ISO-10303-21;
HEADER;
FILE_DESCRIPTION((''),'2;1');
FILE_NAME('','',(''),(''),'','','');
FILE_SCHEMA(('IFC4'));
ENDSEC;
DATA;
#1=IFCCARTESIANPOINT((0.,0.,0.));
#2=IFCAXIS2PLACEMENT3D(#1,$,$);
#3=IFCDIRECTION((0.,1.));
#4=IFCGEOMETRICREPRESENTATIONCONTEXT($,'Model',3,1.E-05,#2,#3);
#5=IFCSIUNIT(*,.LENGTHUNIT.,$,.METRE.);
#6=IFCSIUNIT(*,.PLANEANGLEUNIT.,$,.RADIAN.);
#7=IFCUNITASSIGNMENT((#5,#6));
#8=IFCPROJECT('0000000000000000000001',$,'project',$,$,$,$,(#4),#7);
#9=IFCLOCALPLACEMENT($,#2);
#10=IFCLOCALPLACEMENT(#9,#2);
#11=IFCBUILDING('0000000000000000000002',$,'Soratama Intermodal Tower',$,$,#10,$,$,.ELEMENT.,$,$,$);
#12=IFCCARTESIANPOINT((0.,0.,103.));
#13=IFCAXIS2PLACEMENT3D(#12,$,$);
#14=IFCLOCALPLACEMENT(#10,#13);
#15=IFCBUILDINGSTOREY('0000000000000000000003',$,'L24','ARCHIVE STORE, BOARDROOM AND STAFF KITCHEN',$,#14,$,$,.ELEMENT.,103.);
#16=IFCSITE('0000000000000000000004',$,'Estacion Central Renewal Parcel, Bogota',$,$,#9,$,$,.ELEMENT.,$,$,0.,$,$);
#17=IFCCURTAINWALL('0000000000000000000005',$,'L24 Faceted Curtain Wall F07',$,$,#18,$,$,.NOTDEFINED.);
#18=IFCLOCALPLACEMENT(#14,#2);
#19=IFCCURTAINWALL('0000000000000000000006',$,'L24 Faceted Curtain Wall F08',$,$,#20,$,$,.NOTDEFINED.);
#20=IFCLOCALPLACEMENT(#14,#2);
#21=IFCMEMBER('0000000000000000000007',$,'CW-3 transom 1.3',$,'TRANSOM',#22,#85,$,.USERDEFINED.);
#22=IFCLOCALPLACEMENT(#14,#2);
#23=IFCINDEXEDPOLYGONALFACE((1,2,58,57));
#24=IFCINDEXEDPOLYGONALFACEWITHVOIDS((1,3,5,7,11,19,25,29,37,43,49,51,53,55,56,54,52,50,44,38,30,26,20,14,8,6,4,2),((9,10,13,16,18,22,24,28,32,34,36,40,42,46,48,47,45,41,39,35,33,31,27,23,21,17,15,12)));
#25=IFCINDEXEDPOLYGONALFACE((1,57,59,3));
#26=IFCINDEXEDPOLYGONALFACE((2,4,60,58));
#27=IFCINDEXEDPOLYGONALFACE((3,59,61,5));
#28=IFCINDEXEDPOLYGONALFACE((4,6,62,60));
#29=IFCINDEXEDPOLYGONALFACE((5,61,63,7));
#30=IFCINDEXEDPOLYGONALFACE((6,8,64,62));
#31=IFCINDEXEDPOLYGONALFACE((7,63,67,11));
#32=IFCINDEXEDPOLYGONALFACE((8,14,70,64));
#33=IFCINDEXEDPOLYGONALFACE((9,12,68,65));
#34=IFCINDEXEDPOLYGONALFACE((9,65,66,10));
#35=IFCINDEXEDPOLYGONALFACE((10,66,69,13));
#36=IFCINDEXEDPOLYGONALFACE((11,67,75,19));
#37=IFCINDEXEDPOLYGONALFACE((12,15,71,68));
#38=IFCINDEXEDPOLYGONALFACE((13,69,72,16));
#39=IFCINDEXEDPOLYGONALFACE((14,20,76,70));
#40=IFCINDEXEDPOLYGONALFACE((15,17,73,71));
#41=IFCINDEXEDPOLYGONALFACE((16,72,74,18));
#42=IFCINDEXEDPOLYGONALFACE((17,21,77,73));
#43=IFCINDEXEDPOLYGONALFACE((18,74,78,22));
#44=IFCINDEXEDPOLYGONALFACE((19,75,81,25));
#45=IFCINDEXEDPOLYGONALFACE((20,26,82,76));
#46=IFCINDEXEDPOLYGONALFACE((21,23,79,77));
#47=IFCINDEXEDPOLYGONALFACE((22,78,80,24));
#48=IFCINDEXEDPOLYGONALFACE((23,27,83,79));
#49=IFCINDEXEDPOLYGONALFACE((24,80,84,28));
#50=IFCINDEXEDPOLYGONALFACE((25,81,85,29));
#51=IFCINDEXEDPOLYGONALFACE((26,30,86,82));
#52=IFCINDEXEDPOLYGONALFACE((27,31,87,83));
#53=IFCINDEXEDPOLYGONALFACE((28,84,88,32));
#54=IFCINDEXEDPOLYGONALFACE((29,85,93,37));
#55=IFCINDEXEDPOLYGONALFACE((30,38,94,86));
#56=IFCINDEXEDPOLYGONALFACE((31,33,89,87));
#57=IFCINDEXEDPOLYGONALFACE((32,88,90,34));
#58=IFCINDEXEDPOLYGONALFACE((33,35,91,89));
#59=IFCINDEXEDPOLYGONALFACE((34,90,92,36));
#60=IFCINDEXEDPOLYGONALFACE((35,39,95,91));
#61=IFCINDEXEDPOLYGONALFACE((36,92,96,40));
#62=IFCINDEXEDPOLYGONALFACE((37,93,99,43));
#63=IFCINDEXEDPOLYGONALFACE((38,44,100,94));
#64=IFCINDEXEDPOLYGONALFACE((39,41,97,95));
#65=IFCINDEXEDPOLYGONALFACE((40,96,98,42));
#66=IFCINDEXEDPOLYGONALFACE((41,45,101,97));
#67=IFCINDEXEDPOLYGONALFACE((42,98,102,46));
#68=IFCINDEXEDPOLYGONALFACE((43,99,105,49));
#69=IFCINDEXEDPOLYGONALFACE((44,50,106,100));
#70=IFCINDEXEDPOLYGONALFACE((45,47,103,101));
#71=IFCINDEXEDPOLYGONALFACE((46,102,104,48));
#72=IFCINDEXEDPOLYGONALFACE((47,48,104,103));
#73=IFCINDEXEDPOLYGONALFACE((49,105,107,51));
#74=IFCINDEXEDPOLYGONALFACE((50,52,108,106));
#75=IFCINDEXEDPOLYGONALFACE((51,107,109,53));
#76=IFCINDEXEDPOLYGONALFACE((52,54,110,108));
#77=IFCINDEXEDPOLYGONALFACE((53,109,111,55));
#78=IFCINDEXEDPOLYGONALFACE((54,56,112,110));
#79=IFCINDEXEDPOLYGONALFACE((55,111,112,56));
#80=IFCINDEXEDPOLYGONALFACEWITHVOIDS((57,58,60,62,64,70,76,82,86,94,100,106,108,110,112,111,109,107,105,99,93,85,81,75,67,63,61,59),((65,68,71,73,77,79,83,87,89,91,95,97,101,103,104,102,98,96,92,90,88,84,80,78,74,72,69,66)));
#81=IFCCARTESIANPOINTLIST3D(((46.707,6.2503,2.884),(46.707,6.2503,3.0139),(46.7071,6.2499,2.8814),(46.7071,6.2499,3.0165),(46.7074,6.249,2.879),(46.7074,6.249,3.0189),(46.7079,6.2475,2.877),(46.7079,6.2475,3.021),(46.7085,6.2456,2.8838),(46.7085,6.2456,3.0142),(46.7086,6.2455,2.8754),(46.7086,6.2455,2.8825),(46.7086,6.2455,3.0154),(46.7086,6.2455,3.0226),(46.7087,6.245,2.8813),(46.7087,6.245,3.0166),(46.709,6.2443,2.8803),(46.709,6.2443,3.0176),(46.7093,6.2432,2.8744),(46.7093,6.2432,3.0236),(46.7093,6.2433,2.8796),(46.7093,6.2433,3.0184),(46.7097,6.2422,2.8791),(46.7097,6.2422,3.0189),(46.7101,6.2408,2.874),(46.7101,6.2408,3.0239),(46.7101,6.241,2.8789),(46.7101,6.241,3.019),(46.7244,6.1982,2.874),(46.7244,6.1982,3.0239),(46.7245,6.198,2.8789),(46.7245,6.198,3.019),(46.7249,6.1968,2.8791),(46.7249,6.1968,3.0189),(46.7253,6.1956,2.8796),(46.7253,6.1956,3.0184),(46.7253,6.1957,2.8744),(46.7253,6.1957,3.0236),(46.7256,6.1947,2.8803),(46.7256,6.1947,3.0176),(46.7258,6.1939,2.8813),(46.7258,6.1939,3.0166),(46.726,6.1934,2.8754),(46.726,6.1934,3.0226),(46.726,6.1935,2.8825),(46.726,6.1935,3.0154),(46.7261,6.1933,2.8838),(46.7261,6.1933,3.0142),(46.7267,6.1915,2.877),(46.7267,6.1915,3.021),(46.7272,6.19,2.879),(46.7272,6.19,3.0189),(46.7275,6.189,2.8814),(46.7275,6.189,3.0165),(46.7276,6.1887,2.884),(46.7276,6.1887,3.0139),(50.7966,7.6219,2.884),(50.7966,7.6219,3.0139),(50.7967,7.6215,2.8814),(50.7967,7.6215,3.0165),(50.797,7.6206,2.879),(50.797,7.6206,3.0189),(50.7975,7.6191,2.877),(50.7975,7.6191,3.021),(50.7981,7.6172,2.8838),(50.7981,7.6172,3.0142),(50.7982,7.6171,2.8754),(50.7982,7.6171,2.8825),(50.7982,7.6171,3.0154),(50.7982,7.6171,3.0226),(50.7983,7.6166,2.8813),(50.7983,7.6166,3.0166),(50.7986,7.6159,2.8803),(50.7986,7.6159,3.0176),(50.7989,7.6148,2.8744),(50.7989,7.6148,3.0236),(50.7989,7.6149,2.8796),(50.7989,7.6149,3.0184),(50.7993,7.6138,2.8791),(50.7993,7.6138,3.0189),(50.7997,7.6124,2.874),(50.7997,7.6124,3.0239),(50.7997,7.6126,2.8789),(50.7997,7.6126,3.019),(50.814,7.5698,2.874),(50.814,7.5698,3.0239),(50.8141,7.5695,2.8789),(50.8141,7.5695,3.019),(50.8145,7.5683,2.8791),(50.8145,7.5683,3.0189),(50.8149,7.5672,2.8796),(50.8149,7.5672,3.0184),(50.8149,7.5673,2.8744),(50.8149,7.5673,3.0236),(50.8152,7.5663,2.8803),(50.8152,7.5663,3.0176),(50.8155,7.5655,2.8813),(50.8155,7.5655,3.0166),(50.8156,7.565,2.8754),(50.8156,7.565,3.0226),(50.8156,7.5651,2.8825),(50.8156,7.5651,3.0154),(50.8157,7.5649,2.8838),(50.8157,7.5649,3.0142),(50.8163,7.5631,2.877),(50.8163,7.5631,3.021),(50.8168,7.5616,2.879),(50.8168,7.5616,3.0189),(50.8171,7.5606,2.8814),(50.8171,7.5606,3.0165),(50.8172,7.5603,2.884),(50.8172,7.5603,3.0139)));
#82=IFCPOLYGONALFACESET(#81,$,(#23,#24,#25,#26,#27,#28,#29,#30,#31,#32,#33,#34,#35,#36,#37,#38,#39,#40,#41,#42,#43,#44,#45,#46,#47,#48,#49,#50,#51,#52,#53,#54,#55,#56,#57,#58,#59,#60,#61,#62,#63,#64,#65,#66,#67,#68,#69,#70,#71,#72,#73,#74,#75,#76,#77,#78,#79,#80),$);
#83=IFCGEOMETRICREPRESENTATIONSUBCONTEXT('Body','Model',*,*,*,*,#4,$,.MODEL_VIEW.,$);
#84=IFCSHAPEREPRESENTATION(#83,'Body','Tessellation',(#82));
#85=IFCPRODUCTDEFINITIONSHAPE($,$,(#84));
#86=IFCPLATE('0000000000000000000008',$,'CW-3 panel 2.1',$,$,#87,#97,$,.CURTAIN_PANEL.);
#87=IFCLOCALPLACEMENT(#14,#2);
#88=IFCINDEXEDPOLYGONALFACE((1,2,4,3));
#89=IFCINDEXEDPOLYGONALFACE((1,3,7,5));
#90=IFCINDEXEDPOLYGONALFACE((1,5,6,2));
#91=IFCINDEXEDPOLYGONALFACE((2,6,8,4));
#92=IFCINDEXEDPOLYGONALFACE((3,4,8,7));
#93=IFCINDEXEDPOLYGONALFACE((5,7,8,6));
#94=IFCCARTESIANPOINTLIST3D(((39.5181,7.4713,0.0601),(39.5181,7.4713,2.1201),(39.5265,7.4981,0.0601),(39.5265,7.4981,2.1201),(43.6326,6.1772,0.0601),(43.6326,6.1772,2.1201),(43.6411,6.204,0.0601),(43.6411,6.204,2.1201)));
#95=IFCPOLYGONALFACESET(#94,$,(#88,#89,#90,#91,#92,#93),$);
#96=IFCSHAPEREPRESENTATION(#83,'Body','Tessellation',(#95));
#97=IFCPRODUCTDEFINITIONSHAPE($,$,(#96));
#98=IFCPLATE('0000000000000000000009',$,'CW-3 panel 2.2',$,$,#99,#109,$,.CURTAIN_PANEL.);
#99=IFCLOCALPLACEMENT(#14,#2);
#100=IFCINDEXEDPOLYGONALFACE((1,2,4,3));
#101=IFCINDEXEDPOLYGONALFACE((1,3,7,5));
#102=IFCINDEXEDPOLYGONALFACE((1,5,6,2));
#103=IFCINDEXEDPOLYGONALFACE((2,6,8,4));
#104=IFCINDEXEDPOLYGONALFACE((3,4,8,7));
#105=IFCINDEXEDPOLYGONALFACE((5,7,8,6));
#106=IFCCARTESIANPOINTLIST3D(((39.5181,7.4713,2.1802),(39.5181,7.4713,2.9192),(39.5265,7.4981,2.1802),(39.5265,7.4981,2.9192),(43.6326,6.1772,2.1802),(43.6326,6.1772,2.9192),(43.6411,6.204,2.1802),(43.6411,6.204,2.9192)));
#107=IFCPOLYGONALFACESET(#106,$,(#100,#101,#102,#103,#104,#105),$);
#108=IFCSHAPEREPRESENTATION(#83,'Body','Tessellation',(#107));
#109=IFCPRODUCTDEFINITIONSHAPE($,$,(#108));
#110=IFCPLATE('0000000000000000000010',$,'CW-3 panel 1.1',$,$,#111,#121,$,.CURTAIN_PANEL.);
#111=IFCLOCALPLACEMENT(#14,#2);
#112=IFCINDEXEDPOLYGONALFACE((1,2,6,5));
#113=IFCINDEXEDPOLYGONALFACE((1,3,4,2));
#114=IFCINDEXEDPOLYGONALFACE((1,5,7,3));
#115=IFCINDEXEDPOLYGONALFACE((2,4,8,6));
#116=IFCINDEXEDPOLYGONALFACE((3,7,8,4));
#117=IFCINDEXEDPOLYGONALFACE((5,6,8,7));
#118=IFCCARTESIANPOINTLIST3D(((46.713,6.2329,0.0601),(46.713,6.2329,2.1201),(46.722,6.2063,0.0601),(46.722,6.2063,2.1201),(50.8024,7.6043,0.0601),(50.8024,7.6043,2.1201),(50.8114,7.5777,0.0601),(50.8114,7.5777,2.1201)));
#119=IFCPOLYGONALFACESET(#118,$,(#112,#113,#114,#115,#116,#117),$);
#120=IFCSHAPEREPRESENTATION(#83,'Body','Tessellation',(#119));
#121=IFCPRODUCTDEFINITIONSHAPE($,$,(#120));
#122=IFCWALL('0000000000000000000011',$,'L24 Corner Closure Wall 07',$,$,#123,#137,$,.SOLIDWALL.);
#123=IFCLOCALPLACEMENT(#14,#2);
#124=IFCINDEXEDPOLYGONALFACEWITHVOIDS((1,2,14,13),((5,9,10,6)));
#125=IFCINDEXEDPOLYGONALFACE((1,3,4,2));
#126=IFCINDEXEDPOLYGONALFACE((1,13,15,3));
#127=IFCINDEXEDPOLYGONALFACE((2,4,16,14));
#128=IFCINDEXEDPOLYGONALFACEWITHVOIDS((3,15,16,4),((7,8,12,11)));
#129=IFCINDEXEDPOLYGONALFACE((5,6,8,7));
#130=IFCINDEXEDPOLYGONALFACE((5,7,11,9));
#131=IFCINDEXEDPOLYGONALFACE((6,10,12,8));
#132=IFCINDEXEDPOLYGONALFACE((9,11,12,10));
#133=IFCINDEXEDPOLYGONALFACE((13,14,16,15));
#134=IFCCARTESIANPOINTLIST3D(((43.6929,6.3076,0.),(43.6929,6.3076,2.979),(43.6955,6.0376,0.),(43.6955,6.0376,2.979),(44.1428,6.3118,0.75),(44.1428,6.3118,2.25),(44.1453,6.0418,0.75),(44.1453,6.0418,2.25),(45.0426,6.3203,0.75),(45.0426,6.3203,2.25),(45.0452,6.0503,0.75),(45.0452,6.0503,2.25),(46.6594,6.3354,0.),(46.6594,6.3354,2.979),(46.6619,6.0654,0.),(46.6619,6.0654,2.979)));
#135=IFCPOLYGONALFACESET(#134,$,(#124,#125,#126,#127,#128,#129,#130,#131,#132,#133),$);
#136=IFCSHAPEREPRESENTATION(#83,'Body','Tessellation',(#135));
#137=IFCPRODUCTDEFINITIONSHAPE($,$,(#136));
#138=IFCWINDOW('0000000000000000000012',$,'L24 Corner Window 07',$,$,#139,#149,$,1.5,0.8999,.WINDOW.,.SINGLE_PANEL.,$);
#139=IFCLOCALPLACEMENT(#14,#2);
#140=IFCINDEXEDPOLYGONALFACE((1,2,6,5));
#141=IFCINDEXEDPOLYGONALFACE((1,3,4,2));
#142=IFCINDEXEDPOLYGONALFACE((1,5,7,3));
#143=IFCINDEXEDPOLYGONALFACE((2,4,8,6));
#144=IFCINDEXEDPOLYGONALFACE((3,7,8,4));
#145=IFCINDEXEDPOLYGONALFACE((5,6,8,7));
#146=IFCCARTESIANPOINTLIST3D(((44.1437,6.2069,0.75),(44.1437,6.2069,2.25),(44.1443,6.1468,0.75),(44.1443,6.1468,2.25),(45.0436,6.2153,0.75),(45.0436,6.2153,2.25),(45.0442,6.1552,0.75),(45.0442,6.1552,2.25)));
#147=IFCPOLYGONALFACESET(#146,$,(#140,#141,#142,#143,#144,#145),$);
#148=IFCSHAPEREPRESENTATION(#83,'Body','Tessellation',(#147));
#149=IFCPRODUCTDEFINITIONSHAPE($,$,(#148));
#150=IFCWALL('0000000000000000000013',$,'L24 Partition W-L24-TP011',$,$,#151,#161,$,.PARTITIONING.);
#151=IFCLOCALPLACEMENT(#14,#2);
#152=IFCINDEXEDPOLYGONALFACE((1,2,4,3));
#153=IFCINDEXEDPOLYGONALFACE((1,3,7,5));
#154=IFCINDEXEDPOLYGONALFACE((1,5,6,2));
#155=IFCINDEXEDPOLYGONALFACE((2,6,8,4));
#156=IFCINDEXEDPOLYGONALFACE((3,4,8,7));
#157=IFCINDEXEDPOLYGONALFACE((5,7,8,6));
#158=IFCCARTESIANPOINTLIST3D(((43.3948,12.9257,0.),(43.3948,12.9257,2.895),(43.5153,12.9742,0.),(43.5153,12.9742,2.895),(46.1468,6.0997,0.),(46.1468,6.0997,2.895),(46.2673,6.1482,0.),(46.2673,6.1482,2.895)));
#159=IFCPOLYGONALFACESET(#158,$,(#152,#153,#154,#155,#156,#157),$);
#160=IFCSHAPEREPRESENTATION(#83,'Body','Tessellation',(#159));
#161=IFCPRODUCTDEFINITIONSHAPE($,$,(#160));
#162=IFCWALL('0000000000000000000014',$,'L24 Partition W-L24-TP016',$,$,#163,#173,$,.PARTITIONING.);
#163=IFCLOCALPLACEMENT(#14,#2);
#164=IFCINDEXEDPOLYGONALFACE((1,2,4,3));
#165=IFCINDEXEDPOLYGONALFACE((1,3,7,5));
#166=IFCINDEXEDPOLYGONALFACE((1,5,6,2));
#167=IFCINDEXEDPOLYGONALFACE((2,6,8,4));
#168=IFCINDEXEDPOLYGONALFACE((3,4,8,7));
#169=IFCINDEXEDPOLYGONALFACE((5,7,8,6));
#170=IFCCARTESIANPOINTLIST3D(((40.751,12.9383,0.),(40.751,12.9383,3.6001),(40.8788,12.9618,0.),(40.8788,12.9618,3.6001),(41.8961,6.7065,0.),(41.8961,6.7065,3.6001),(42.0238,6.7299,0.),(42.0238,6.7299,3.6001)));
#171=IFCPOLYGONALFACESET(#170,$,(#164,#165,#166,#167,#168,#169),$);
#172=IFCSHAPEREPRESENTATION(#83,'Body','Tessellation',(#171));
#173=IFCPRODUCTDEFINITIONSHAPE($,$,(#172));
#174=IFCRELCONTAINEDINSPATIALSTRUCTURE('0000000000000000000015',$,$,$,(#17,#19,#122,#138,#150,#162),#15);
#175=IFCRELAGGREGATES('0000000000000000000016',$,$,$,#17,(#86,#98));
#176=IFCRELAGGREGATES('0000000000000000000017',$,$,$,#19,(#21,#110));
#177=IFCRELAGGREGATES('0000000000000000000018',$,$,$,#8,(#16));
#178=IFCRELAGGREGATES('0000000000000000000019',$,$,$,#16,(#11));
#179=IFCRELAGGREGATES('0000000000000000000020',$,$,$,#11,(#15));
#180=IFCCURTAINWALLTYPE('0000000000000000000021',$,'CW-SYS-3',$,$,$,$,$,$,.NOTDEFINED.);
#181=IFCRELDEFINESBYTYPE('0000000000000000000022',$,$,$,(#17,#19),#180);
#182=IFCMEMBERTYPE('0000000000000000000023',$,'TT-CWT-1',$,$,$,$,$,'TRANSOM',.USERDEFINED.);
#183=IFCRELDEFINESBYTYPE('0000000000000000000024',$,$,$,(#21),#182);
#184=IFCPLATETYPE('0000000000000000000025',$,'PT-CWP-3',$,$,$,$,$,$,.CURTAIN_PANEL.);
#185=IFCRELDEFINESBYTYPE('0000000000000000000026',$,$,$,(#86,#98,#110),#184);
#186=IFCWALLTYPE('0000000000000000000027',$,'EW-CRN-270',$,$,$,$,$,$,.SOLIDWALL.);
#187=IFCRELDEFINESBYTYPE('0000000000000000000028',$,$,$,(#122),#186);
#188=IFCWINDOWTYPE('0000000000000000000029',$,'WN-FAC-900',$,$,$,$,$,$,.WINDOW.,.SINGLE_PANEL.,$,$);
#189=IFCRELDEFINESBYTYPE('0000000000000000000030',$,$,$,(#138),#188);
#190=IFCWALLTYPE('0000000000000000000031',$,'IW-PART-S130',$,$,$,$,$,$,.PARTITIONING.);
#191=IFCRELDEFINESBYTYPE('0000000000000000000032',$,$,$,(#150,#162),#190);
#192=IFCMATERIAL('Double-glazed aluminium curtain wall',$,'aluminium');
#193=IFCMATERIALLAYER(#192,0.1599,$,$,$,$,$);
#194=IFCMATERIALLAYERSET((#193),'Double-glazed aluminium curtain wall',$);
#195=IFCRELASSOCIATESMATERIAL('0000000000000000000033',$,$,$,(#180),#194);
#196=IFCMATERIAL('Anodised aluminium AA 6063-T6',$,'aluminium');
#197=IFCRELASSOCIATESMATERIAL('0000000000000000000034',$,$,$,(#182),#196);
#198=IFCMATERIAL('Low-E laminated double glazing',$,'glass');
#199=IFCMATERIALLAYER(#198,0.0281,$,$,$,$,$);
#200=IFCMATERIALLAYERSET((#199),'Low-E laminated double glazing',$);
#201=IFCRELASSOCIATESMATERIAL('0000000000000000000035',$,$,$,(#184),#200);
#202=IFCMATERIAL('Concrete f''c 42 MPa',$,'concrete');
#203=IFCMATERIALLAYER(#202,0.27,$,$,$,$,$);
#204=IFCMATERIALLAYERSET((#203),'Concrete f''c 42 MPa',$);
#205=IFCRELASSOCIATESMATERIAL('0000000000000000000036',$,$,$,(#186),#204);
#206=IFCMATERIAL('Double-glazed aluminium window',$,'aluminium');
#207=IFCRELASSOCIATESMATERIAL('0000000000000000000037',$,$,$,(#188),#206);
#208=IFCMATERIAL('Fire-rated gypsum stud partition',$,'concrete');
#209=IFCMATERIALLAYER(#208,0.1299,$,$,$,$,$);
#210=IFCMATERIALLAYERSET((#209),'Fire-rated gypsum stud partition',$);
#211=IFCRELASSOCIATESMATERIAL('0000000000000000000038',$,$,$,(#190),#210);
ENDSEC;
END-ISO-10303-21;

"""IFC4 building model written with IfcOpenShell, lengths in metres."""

from ifc_helpers import new_model, si_unit, direction, frame, frame_2d, origin, origin_2d, place, context, subcontext, project, spatial, rectangle, hollow_rectangle, extrude, material, layer, layer_set, material_profile, profile_set, type_object, element, fill, aggregate, save


model = new_model("IFC4")

# Units and contexts
model_context = context("Model", 3, precision=1e-05, world=origin(), true_north=direction((0.0, 1.0)))
body_context = subcontext(model_context, "Body", "Model", "MODEL_VIEW")
ifc_project = project(units=[si_unit("LENGTHUNIT", "METRE"), si_unit("PLANEANGLEUNIT", "RADIAN")], contexts=[model_context])

# Site, building, storey
site_placement = place(None, origin())
site = spatial("IfcSite", under=ifc_project, at=site_placement, Name="Estacion Central Renewal Parcel, Bogota", CompositionType="ELEMENT", RefElevation=0.0)
building_placement = place(site_placement, origin())
building = spatial("IfcBuilding", under=site, at=building_placement, Name="Soratama Intermodal Tower", CompositionType="ELEMENT")
storey_placement = place(building_placement, frame((0.0, 0.0, 103.0)))
storey = spatial("IfcBuildingStorey", under=building, at=storey_placement, Name="L24", Description="ARCHIVE STORE, BOARDROOM AND STAFF KITCHEN", CompositionType="ELEMENT", Elevation=103.0)

# Curtain wall
ifc_material_1 = material(Name="Double-glazed aluminium curtain wall", Category="aluminium")
ifc_layer_1 = layer(ifc_material_1, 0.1599)
ifc_layer_set_1 = layer_set([ifc_layer_1], Name="Double-glazed aluminium curtain wall")
curtain_wall_type = type_object("IfcCurtainWallType", Name="CW-SYS-3", PredefinedType="NOTDEFINED", material=ifc_layer_set_1)
curtain_wall_1_placement = place(storey_placement, origin())
curtain_wall_1 = element("IfcCurtainWall", 1, at=curtain_wall_1_placement, inside=storey, type_object=curtain_wall_type, Name="L24 Faceted Curtain Wall F07", PredefinedType="NOTDEFINED")

# Curtain wall, member
curtain_wall_2_placement = place(storey_placement, origin())
curtain_wall_2 = element("IfcCurtainWall", 2, at=curtain_wall_2_placement, inside=storey, type_object=curtain_wall_type, Name="L24 Faceted Curtain Wall F08", PredefinedType="NOTDEFINED")
ifc_material_2 = material(Name="Anodised aluminium AA 6063-T6", Category="aluminium")
ifc_material_profile_1 = material_profile(ifc_material_2, hollow_rectangle(XDim=0.0649, YDim=0.1499, WallThickness=0.0049, InnerFilletRadius=0.0049, OuterFilletRadius=0.01, at=origin_2d()), Name="CWT150X65X5")
ifc_profile_set_1 = profile_set([ifc_material_profile_1], Name="Anodised aluminium AA 6063-T6")
member_type_1 = type_object("IfcMemberType", Name="TT-CWT-1", ElementType="TRANSOM", PredefinedType="USERDEFINED", material=ifc_profile_set_1)
member_1_placement = place(storey_placement, frame((46.7173, 6.2195, 2.949), z_axis=(0.948099, 0.317976, 0.0), x_axis=(-0.317976, 0.948099, 0.0)))
member_1 = element("IfcMember", 3, at=member_1_placement, type_object=member_type_1, Name="CW-3 transom 1.3", ObjectType="TRANSOM", PredefinedType="USERDEFINED", context=body_context, shape_type="SweptSolid", body=[
    extrude(hollow_rectangle(XDim=0.0649, YDim=0.1499, WallThickness=0.0049, InnerFilletRadius=0.0049, OuterFilletRadius=0.01, at=origin_2d()), origin(), (0.0, 0.0, 1.0), 4.3135),
])

# Plates
ifc_material_3 = material(Name="Low-E laminated double glazing", Category="glass")
ifc_layer_2 = layer(ifc_material_3, 0.0281)
ifc_layer_set_2 = layer_set([ifc_layer_2], Name="Low-E laminated double glazing")
plate_type = type_object("IfcPlateType", Name="PT-CWP-3", PredefinedType="CURTAIN_PANEL", material=ifc_layer_set_2)
plate_1_placement = place(storey_placement, frame((41.5796, 6.8376, 0.0601), z_axis=(0.0, 0.0, 1.0), x_axis=(0.953927, -0.300038, 0.0)))
plate_1 = element("IfcPlate", 4, at=plate_1_placement, type_object=plate_type, Name="CW-3 panel 2.1", PredefinedType="CURTAIN_PANEL", context=body_context, shape_type="SweptSolid", body=[
    extrude(rectangle(XDim=4.3132, YDim=0.0281, at=origin_2d()), origin(), (0.0, 0.0, 1.0), 2.0601),
])
plate_2_placement = place(storey_placement, frame((41.5796, 6.8376, 2.1802), z_axis=(0.0, 0.0, 1.0), x_axis=(0.953927, -0.300038, 0.0)))
plate_2 = element("IfcPlate", 5, at=plate_2_placement, type_object=plate_type, Name="CW-3 panel 2.2", PredefinedType="CURTAIN_PANEL", context=body_context, shape_type="SweptSolid", body=[
    extrude(rectangle(XDim=4.3132, YDim=0.0281, at=origin_2d()), origin(), (0.0, 0.0, 1.0), 0.739),
])
aggregate(curtain_wall_1, [plate_1, plate_2])
plate_3_placement = place(storey_placement, frame((48.7622, 6.9053, 0.0601), z_axis=(0.0, 0.0, 1.0), x_axis=(0.948105, 0.317958, 0.0)))
plate_3 = element("IfcPlate", 6, at=plate_3_placement, type_object=plate_type, Name="CW-3 panel 1.1", PredefinedType="CURTAIN_PANEL", context=body_context, shape_type="SweptSolid", body=[
    extrude(rectangle(XDim=4.3132, YDim=0.0281, at=origin_2d()), origin(), (0.0, 0.0, 1.0), 2.0601),
])
aggregate(curtain_wall_2, [member_1, plate_3])

# Wall, opening, window
ifc_material_4 = material(Name="Concrete f'c 42 MPa", Category="concrete")
ifc_layer_3 = layer(ifc_material_4, 0.27)
ifc_layer_set_3 = layer_set([ifc_layer_3], Name="Concrete f'c 42 MPa")
wall_type_1 = type_object("IfcWallType", Name="EW-CRN-270", PredefinedType="SOLIDWALL", material=ifc_layer_set_3)
wall_1_placement = place(storey_placement, frame((43.6941, 6.1726, 0.0), z_axis=(0.0, 0.0, 1.0), x_axis=(0.999956, 0.009382, 0.0)))
wall_1 = element("IfcWall", 7, at=wall_1_placement, inside=storey, type_object=wall_type_1, Name="L24 Corner Closure Wall 07", PredefinedType="SOLIDWALL", context=body_context, shape_type="SweptSolid", body=[
    extrude(rectangle(XDim=2.9666, YDim=0.27, at=frame_2d((1.4834, 0.0))), origin(), (0.0, 0.0, 1.0), 2.979),
])
opening_1_placement = place(wall_1_placement, frame((0.45, 0.0, 0.75)))
opening_1 = element("IfcOpeningElement", 8, at=opening_1_placement, cuts=wall_1, PredefinedType="OPENING", context=body_context, shape_type="SweptSolid", body=[
    extrude(rectangle(XDim=0.8999, YDim=1.5, at=frame_2d((0.45, 0.75))), frame((0.0, 0.145, 0.0), z_axis=(0.0, -1.0, 0.0), x_axis=(1.0, 0.0, 0.0)), (0.0, 0.0, 1.0), 0.29),
])
ifc_material_5 = material(Name="Double-glazed aluminium window", Category="aluminium")
window_type = type_object("IfcWindowType", Name="WN-FAC-900", PartitioningType="SINGLE_PANEL", PredefinedType="WINDOW", material=ifc_material_5)
window_placement = place(opening_1_placement, origin())
window = element("IfcWindow", 9, at=window_placement, inside=storey, type_object=window_type, Name="L24 Corner Window 07", OverallHeight=1.5, OverallWidth=0.8999, PartitioningType="SINGLE_PANEL", PredefinedType="WINDOW", context=body_context, shape_type="SweptSolid", body=[
    extrude(rectangle(XDim=0.8999, YDim=1.5, at=frame_2d((0.45, 0.75))), frame((0.0, 0.03, 0.0), z_axis=(0.0, -1.0, 0.0), x_axis=(1.0, 0.0, 0.0)), (0.0, 0.0, 1.0), 0.0601),
])
fill(opening_1, window)

# Walls
ifc_material_6 = material(Name="Fire-rated gypsum stud partition", Category="concrete")
ifc_layer_4 = layer(ifc_material_6, 0.1299)
ifc_layer_set_4 = layer_set([ifc_layer_4], Name="Fire-rated gypsum stud partition")
wall_type_2 = type_object("IfcWallType", Name="IW-PART-S130", PredefinedType="PARTITIONING", material=ifc_layer_set_4)
wall_2_placement = place(storey_placement, frame((43.4551, 12.95, 0.0), z_axis=(0.0, 0.0, 1.0), x_axis=(0.373917, -0.927462, 0.0)))
element("IfcWall", 10, at=wall_2_placement, inside=storey, type_object=wall_type_2, Name="L24 Partition W-L24-TP011", PredefinedType="PARTITIONING", context=body_context, shape_type="SweptSolid", body=[
    extrude(rectangle(XDim=7.3599, YDim=0.1299, at=frame_2d((3.6799, 0.0))), origin(), (0.0, 0.0, 1.0), 2.895),
])
wall_3_placement = place(storey_placement, frame((40.8149, 12.95, 0.0), z_axis=(0.0, 0.0, 1.0), x_axis=(0.180709, -0.983537, 0.0)))
element("IfcWall", 11, at=wall_3_placement, inside=storey, type_object=wall_type_2, Name="L24 Partition W-L24-TP016", PredefinedType="PARTITIONING", context=body_context, shape_type="SweptSolid", body=[
    extrude(rectangle(XDim=6.3362, YDim=0.1299, at=frame_2d((3.168, 0.0))), origin(), (0.0, 0.0, 1.0), 3.6001),
])

save(model, "model.ifc")
